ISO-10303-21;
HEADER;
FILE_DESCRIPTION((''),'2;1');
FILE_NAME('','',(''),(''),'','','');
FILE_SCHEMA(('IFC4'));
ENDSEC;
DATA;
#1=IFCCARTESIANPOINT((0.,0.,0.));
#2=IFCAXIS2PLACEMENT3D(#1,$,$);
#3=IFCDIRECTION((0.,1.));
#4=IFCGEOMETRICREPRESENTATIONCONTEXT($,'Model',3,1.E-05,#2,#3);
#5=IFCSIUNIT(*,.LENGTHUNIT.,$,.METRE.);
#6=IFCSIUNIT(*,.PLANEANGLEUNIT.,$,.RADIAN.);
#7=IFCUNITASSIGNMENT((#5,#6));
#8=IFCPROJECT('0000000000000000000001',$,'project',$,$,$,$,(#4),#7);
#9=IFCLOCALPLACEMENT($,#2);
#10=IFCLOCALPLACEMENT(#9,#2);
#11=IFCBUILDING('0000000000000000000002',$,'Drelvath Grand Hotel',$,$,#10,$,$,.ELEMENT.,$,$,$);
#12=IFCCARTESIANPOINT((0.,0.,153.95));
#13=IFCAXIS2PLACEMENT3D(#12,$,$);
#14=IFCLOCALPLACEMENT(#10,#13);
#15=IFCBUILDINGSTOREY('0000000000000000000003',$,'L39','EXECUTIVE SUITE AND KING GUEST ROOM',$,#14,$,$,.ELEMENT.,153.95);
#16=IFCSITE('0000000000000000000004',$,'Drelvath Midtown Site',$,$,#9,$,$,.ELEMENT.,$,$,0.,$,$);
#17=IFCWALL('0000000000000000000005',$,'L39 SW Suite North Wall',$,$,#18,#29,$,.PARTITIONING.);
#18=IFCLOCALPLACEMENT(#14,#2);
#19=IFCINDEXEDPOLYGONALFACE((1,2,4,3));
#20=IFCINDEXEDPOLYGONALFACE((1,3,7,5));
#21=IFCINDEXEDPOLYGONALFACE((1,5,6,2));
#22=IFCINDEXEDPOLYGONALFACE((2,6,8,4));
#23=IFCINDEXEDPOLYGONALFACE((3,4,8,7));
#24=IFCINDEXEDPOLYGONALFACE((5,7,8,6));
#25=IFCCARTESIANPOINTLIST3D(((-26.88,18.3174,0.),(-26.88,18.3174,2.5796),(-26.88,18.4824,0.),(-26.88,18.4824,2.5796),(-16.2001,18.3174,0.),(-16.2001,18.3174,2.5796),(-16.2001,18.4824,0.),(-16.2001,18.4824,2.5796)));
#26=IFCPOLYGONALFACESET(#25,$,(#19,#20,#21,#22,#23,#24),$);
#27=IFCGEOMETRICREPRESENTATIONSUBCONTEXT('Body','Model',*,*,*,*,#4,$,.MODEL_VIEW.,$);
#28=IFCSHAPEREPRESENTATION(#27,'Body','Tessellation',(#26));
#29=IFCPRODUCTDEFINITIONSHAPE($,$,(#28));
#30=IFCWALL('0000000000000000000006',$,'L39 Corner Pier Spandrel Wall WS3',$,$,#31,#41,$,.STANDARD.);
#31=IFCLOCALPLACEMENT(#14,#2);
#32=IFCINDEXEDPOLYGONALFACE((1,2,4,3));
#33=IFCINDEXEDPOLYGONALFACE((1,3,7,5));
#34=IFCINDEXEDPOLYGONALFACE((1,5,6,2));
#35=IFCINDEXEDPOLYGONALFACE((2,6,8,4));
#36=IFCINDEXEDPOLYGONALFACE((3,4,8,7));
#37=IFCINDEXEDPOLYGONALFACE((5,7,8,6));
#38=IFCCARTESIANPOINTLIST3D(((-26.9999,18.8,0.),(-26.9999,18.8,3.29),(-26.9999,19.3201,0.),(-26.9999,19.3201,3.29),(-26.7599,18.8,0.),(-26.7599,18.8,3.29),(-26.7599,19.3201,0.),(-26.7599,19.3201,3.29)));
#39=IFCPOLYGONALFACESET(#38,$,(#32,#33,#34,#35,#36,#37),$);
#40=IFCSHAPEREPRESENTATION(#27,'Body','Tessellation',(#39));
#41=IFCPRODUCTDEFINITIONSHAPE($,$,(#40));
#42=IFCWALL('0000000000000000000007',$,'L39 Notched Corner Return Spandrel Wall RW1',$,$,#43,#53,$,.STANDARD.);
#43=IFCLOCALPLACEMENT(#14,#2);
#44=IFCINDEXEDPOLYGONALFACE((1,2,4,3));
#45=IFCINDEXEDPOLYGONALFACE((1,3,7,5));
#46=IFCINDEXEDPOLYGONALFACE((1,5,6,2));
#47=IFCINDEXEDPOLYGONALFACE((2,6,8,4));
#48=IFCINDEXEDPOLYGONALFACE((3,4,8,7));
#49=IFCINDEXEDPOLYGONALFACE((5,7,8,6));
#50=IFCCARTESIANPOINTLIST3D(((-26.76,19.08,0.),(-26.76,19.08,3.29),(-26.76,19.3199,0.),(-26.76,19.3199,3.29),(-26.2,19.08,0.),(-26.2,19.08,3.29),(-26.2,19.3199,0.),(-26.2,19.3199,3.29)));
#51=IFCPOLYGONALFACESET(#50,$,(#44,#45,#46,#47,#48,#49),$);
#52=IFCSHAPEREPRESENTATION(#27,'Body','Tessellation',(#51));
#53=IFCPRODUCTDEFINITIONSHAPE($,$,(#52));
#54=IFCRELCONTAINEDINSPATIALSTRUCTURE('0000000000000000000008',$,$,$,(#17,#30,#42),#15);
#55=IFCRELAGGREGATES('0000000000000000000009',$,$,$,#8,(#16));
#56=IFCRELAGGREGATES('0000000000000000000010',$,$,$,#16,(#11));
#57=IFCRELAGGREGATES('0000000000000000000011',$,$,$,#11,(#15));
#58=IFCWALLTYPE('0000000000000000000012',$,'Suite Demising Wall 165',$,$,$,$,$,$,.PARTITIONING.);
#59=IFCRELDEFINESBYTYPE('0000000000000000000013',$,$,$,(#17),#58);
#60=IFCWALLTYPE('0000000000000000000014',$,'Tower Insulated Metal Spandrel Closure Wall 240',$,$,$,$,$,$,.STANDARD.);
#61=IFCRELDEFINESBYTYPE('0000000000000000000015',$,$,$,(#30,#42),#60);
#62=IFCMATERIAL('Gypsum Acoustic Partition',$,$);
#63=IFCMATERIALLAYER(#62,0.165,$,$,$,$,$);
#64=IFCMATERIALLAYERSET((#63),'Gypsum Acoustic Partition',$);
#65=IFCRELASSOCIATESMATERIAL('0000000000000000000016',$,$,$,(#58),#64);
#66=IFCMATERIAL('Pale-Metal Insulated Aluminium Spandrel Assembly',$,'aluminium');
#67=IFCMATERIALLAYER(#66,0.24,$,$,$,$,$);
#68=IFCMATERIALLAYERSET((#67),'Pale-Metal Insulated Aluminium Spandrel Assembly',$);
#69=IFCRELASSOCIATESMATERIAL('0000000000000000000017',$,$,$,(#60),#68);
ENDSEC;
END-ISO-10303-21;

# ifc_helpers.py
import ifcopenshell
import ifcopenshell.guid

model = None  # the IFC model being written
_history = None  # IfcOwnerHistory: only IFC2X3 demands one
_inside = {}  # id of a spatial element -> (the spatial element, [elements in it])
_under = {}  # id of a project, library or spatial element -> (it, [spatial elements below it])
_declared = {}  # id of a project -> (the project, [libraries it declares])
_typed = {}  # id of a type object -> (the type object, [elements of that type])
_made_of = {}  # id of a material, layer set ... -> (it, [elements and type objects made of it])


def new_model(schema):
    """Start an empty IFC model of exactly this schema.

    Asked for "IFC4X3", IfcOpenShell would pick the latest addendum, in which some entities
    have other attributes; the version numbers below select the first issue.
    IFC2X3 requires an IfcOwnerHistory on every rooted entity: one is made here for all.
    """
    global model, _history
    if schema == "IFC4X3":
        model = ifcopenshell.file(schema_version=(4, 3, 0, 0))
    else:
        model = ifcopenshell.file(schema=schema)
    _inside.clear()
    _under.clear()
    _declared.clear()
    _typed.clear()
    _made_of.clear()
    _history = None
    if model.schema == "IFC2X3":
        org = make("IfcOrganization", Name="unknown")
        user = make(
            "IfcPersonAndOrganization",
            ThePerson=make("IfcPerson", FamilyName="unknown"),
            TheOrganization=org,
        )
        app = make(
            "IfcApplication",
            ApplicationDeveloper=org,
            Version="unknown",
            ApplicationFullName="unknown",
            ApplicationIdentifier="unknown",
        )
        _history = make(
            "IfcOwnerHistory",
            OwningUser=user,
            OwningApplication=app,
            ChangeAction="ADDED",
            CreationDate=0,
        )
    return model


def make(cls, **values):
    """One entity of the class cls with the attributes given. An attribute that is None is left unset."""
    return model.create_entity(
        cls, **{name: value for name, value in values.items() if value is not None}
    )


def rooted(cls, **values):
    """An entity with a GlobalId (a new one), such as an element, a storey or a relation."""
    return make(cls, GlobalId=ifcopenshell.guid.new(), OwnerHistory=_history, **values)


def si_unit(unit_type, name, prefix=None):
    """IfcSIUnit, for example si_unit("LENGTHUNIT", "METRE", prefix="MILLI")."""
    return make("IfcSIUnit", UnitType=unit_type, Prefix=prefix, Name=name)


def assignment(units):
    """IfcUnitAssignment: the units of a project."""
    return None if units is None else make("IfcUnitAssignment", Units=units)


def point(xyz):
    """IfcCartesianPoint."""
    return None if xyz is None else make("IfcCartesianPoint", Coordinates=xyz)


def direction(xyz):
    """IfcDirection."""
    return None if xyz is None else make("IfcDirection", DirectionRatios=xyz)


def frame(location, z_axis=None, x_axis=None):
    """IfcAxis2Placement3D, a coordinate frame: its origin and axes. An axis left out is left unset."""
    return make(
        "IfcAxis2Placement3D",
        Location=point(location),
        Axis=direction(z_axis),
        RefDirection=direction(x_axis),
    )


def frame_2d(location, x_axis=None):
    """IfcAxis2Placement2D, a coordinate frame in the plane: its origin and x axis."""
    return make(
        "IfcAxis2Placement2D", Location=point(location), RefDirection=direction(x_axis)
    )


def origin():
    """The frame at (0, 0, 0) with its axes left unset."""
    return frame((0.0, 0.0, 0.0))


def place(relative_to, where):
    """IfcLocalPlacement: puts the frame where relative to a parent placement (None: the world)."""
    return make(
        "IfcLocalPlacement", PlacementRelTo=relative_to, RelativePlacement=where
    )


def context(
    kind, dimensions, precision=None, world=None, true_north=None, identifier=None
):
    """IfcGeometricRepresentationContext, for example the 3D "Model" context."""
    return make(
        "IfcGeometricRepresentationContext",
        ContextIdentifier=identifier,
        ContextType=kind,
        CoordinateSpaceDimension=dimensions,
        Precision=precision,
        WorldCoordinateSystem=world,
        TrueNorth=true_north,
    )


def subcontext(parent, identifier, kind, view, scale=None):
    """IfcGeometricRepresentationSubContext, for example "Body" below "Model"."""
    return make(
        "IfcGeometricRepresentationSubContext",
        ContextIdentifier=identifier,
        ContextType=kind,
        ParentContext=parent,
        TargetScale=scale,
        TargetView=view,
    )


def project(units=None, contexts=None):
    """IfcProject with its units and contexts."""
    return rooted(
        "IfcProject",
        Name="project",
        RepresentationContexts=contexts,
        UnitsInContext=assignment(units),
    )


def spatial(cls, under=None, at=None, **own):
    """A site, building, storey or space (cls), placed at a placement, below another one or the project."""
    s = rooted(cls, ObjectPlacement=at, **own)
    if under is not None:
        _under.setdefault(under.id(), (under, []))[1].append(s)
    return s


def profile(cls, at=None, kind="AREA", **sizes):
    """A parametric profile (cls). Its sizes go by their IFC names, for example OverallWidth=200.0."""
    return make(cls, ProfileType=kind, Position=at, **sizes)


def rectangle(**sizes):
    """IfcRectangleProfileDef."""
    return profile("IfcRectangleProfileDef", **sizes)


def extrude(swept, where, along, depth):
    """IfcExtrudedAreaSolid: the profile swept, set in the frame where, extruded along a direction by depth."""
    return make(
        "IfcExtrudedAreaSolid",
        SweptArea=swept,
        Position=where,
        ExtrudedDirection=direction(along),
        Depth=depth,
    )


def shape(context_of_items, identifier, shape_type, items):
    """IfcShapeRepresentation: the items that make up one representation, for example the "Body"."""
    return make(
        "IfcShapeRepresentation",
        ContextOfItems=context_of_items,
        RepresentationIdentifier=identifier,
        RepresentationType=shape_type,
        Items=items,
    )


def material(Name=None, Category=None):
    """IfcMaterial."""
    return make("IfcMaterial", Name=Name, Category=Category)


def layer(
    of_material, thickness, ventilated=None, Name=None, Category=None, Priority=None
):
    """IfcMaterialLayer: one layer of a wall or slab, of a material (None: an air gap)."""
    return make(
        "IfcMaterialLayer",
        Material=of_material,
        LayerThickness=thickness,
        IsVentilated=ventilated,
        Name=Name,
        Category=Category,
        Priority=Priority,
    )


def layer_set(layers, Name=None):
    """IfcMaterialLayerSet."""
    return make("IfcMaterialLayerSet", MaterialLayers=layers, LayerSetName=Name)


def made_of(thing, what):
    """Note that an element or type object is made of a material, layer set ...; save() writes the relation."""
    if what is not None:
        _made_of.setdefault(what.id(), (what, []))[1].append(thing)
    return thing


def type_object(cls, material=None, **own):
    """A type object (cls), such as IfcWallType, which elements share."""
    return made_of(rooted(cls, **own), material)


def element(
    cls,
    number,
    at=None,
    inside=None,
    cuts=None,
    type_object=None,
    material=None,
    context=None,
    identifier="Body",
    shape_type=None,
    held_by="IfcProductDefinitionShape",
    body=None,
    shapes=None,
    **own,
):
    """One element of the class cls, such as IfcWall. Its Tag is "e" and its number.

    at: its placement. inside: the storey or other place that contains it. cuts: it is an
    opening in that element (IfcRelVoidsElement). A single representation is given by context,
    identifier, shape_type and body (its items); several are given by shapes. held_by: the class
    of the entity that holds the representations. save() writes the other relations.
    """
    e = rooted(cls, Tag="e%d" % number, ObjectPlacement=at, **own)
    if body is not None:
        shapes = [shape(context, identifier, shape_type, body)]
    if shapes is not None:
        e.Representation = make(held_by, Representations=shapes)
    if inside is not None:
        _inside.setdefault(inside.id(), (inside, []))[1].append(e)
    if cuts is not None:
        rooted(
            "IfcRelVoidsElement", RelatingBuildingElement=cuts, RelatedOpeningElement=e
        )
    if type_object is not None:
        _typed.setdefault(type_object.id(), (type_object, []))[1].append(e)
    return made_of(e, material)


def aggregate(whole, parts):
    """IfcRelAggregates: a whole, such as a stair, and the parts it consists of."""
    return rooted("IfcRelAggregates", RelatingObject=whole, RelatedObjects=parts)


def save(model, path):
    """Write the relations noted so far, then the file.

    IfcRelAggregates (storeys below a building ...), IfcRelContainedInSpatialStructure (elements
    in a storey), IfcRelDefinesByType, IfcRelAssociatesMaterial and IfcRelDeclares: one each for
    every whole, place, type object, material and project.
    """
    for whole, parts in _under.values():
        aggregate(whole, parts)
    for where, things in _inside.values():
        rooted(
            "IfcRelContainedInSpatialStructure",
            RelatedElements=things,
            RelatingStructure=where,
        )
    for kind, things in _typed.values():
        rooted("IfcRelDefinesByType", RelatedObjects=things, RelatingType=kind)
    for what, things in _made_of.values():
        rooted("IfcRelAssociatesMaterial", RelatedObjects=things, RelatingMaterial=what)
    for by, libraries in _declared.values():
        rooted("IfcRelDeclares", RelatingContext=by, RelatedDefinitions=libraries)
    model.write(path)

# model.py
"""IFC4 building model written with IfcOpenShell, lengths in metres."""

from ifc_helpers import new_model, si_unit, direction, frame, frame_2d, origin, place, context, subcontext, project, spatial, rectangle, extrude, material, layer, layer_set, type_object, element, save


model = new_model("IFC4")

# Units and contexts
model_context = context("Model", 3, precision=1e-05, world=origin(), true_north=direction((0.0, 1.0)))
body_context = subcontext(model_context, "Body", "Model", "MODEL_VIEW")
ifc_project = project(units=[si_unit("LENGTHUNIT", "METRE"), si_unit("PLANEANGLEUNIT", "RADIAN")], contexts=[model_context])

# Site, building, storey
site_placement = place(None, origin())
site = spatial("IfcSite", under=ifc_project, at=site_placement, Name="Drelvath Midtown Site", CompositionType="ELEMENT", RefElevation=0.0)
building_placement = place(site_placement, origin())
building = spatial("IfcBuilding", under=site, at=building_placement, Name="Drelvath Grand Hotel", CompositionType="ELEMENT")
storey_placement = place(building_placement, frame((0.0, 0.0, 153.95)))
storey = spatial("IfcBuildingStorey", under=building, at=storey_placement, Name="L39", Description="EXECUTIVE SUITE AND KING GUEST ROOM", CompositionType="ELEMENT", Elevation=153.95)

# Walls
ifc_material_1 = material(Name="Gypsum Acoustic Partition")
ifc_layer_1 = layer(ifc_material_1, 0.165)
ifc_layer_set_1 = layer_set([ifc_layer_1], Name="Gypsum Acoustic Partition")
wall_type_1 = type_object("IfcWallType", Name="Suite Demising Wall 165", PredefinedType="PARTITIONING", material=ifc_layer_set_1)
wall_1_placement = place(storey_placement, frame((-26.8799, 18.3999, 0.0), z_axis=(0.0, 0.0, 1.0), x_axis=(1.0, 0.0, 0.0)))
element("IfcWall", 1, at=wall_1_placement, inside=storey, type_object=wall_type_1, Name="L39 SW Suite North Wall", PredefinedType="PARTITIONING", context=body_context, shape_type="SweptSolid", body=[
    extrude(rectangle(XDim=10.6799, YDim=0.165, at=frame_2d((5.3398, 0.0))), origin(), (0.0, 0.0, 1.0), 2.5796),
])
ifc_material_2 = material(Name="Pale-Metal Insulated Aluminium Spandrel Assembly", Category="aluminium")
ifc_layer_2 = layer(ifc_material_2, 0.24)
ifc_layer_set_2 = layer_set([ifc_layer_2], Name="Pale-Metal Insulated Aluminium Spandrel Assembly")
wall_type_2 = type_object("IfcWallType", Name="Tower Insulated Metal Spandrel Closure Wall 240", PredefinedType="STANDARD", material=ifc_layer_set_2)
wall_2_placement = place(storey_placement, frame((-26.8799, 18.8, 0.0), z_axis=(0.0, 0.0, 1.0), x_axis=(0.0, 1.0, 0.0)))
element("IfcWall", 2, at=wall_2_placement, inside=storey, type_object=wall_type_2, Name="L39 Corner Pier Spandrel Wall WS3", PredefinedType="STANDARD", context=body_context, shape_type="SweptSolid", body=[
    extrude(rectangle(XDim=0.52, YDim=0.24, at=frame_2d((0.26, 0.0))), origin(), (0.0, 0.0, 1.0), 3.29),
])
wall_3_placement = place(storey_placement, frame((-26.76, 19.2, 0.0), z_axis=(0.0, 0.0, 1.0), x_axis=(1.0, 0.0, 0.0)))
element("IfcWall", 3, at=wall_3_placement, inside=storey, type_object=wall_type_2, Name="L39 Notched Corner Return Spandrel Wall RW1", PredefinedType="STANDARD", context=body_context, shape_type="SweptSolid", body=[
    extrude(rectangle(XDim=0.5601, YDim=0.24, at=frame_2d((0.28, 0.0))), origin(), (0.0, 0.0, 1.0), 3.29),
])

save(model, "model.ifc")
